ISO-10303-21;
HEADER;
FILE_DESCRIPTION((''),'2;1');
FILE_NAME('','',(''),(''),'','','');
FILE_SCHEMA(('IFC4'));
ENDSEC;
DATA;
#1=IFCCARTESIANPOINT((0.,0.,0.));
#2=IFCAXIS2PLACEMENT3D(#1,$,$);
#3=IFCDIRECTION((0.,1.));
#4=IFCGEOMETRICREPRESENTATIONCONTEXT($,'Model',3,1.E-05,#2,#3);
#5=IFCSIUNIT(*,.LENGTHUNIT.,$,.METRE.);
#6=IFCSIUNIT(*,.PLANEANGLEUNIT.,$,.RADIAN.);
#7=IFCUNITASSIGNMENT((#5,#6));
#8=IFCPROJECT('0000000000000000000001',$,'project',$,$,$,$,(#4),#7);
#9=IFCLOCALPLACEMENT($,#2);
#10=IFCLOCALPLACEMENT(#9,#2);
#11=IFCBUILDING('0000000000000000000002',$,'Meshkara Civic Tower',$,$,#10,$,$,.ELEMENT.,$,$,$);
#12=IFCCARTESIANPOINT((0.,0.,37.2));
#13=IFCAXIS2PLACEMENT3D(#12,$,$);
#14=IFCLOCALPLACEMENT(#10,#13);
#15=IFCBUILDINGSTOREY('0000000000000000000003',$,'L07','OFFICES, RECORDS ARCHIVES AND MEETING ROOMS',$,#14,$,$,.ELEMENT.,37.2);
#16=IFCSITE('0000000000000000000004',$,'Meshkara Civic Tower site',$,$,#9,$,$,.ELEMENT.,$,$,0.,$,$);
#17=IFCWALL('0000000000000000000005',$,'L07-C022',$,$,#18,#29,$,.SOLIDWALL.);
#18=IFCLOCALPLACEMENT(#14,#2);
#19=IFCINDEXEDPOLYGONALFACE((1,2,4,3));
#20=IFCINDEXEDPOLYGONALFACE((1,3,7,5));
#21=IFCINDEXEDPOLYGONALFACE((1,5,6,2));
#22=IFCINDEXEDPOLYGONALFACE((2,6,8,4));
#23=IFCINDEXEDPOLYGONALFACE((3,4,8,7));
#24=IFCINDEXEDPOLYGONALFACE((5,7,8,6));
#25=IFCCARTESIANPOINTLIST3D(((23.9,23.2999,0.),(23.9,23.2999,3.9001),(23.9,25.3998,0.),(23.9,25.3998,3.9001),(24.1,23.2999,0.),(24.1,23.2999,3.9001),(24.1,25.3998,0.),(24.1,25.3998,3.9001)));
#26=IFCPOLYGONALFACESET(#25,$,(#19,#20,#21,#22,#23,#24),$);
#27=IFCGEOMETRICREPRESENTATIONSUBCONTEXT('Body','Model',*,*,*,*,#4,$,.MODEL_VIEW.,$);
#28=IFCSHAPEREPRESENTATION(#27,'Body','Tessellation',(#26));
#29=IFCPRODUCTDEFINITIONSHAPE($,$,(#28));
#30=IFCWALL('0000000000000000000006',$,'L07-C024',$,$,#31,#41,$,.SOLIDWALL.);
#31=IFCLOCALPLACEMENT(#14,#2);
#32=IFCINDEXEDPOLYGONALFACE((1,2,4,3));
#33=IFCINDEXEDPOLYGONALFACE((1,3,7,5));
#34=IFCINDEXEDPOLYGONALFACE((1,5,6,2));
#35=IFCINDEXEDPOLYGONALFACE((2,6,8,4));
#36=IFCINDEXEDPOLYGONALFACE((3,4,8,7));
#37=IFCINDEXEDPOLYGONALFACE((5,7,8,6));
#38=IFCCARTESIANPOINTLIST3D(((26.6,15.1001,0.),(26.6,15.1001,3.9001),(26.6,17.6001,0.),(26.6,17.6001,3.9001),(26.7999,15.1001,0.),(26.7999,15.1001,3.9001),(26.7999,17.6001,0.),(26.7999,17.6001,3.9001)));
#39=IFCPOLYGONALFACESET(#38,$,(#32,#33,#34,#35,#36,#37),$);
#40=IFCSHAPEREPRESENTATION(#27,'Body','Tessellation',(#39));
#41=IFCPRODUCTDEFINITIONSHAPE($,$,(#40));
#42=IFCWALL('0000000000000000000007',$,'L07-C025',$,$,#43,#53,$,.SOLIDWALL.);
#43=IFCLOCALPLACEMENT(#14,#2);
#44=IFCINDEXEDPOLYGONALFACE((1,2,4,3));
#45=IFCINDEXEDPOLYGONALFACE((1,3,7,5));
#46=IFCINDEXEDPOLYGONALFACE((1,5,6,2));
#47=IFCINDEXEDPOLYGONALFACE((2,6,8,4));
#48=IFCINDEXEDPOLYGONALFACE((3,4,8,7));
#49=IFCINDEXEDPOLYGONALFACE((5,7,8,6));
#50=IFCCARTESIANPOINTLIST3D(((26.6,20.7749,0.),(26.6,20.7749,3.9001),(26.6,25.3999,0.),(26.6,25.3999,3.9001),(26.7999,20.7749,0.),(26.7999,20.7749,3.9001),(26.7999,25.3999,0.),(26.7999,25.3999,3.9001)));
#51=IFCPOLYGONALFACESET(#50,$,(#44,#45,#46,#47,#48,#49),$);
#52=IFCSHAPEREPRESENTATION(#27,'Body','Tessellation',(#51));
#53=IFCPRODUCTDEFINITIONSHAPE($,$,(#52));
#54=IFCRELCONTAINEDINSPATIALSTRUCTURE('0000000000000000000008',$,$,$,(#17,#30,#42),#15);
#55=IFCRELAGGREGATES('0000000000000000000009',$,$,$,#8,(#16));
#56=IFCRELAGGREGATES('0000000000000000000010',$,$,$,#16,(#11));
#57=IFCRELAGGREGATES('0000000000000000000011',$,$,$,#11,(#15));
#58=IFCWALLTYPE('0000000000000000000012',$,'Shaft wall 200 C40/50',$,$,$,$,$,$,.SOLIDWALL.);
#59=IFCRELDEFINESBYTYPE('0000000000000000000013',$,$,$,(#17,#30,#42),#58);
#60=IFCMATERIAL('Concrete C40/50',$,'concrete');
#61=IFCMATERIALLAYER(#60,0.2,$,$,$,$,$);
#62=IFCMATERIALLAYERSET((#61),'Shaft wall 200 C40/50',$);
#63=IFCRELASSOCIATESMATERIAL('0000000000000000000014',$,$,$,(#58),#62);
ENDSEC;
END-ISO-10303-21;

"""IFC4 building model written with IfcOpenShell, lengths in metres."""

from ifc_helpers import new_model, si_unit, direction, frame, frame_2d, origin, place, context, subcontext, project, spatial, rectangle, extrude, material, layer, layer_set, type_object, element, save


model = new_model("IFC4")

# Units and contexts
model_context = context("Model", 3, precision=1e-05, world=origin(), true_north=direction((0.0, 1.0)))
body_context = subcontext(model_context, "Body", "Model", "MODEL_VIEW")
ifc_project = project(units=[si_unit("LENGTHUNIT", "METRE"), si_unit("PLANEANGLEUNIT", "RADIAN")], contexts=[model_context])

# Site, building, storey
site_placement = place(None, origin())
site = spatial("IfcSite", under=ifc_project, at=site_placement, Name="Meshkara Civic Tower site", CompositionType="ELEMENT", RefElevation=0.0)
building_placement = place(site_placement, origin())
building = spatial("IfcBuilding", under=site, at=building_placement, Name="Meshkara Civic Tower", CompositionType="ELEMENT")
storey_placement = place(building_placement, frame((0.0, 0.0, 37.2)))
storey = spatial("IfcBuildingStorey", under=building, at=storey_placement, Name="L07", Description="OFFICES, RECORDS ARCHIVES AND MEETING ROOMS", CompositionType="ELEMENT", Elevation=37.2)

# Shared definitions
ifc_material_1 = material(Name="Concrete C40/50", Category="concrete")
ifc_layer_1 = layer(ifc_material_1, 0.2)
ifc_layer_set_1 = layer_set([ifc_layer_1], Name="Shaft wall 200 C40/50")
wall_type_1 = type_object("IfcWallType", Name="Shaft wall 200 C40/50", PredefinedType="SOLIDWALL", material=ifc_layer_set_1)

# Walls
wall_1_placement = place(storey_placement, frame((24.0, 23.3, 0.0), z_axis=(0.0, 0.0, 1.0), x_axis=(0.0, 1.0, 0.0)))
element("IfcWall", 1, at=wall_1_placement, inside=storey, type_object=wall_type_1, Name="L07-C022", PredefinedType="SOLIDWALL", context=body_context, shape_type="SweptSolid", body=[
    extrude(rectangle(XDim=2.0999, YDim=0.2, at=frame_2d((1.0498, 0.0))), origin(), (0.0, 0.0, 1.0), 3.9001),
])
wall_2_placement = place(storey_placement, frame((26.7, 15.1001, 0.0), z_axis=(0.0, 0.0, 1.0), x_axis=(0.0, 1.0, 0.0)))
element("IfcWall", 2, at=wall_2_placement, inside=storey, type_object=wall_type_1, Name="L07-C024", PredefinedType="SOLIDWALL", context=body_context, shape_type="SweptSolid", body=[
    extrude(rectangle(XDim=2.5, YDim=0.2, at=frame_2d((1.25, 0.0))), origin(), (0.0, 0.0, 1.0), 3.9001),
])
wall_3_placement = place(storey_placement, frame((26.7, 20.7749, 0.0), z_axis=(0.0, 0.0, 1.0), x_axis=(0.0, 1.0, 0.0)))
element("IfcWall", 3, at=wall_3_placement, inside=storey, type_object=wall_type_1, Name="L07-C025", PredefinedType="SOLIDWALL", context=body_context, shape_type="SweptSolid", body=[
    extrude(rectangle(XDim=4.625, YDim=0.2, at=frame_2d((2.3125, 0.0))), origin(), (0.0, 0.0, 1.0), 3.9001),
])

save(model, "model.ifc")
